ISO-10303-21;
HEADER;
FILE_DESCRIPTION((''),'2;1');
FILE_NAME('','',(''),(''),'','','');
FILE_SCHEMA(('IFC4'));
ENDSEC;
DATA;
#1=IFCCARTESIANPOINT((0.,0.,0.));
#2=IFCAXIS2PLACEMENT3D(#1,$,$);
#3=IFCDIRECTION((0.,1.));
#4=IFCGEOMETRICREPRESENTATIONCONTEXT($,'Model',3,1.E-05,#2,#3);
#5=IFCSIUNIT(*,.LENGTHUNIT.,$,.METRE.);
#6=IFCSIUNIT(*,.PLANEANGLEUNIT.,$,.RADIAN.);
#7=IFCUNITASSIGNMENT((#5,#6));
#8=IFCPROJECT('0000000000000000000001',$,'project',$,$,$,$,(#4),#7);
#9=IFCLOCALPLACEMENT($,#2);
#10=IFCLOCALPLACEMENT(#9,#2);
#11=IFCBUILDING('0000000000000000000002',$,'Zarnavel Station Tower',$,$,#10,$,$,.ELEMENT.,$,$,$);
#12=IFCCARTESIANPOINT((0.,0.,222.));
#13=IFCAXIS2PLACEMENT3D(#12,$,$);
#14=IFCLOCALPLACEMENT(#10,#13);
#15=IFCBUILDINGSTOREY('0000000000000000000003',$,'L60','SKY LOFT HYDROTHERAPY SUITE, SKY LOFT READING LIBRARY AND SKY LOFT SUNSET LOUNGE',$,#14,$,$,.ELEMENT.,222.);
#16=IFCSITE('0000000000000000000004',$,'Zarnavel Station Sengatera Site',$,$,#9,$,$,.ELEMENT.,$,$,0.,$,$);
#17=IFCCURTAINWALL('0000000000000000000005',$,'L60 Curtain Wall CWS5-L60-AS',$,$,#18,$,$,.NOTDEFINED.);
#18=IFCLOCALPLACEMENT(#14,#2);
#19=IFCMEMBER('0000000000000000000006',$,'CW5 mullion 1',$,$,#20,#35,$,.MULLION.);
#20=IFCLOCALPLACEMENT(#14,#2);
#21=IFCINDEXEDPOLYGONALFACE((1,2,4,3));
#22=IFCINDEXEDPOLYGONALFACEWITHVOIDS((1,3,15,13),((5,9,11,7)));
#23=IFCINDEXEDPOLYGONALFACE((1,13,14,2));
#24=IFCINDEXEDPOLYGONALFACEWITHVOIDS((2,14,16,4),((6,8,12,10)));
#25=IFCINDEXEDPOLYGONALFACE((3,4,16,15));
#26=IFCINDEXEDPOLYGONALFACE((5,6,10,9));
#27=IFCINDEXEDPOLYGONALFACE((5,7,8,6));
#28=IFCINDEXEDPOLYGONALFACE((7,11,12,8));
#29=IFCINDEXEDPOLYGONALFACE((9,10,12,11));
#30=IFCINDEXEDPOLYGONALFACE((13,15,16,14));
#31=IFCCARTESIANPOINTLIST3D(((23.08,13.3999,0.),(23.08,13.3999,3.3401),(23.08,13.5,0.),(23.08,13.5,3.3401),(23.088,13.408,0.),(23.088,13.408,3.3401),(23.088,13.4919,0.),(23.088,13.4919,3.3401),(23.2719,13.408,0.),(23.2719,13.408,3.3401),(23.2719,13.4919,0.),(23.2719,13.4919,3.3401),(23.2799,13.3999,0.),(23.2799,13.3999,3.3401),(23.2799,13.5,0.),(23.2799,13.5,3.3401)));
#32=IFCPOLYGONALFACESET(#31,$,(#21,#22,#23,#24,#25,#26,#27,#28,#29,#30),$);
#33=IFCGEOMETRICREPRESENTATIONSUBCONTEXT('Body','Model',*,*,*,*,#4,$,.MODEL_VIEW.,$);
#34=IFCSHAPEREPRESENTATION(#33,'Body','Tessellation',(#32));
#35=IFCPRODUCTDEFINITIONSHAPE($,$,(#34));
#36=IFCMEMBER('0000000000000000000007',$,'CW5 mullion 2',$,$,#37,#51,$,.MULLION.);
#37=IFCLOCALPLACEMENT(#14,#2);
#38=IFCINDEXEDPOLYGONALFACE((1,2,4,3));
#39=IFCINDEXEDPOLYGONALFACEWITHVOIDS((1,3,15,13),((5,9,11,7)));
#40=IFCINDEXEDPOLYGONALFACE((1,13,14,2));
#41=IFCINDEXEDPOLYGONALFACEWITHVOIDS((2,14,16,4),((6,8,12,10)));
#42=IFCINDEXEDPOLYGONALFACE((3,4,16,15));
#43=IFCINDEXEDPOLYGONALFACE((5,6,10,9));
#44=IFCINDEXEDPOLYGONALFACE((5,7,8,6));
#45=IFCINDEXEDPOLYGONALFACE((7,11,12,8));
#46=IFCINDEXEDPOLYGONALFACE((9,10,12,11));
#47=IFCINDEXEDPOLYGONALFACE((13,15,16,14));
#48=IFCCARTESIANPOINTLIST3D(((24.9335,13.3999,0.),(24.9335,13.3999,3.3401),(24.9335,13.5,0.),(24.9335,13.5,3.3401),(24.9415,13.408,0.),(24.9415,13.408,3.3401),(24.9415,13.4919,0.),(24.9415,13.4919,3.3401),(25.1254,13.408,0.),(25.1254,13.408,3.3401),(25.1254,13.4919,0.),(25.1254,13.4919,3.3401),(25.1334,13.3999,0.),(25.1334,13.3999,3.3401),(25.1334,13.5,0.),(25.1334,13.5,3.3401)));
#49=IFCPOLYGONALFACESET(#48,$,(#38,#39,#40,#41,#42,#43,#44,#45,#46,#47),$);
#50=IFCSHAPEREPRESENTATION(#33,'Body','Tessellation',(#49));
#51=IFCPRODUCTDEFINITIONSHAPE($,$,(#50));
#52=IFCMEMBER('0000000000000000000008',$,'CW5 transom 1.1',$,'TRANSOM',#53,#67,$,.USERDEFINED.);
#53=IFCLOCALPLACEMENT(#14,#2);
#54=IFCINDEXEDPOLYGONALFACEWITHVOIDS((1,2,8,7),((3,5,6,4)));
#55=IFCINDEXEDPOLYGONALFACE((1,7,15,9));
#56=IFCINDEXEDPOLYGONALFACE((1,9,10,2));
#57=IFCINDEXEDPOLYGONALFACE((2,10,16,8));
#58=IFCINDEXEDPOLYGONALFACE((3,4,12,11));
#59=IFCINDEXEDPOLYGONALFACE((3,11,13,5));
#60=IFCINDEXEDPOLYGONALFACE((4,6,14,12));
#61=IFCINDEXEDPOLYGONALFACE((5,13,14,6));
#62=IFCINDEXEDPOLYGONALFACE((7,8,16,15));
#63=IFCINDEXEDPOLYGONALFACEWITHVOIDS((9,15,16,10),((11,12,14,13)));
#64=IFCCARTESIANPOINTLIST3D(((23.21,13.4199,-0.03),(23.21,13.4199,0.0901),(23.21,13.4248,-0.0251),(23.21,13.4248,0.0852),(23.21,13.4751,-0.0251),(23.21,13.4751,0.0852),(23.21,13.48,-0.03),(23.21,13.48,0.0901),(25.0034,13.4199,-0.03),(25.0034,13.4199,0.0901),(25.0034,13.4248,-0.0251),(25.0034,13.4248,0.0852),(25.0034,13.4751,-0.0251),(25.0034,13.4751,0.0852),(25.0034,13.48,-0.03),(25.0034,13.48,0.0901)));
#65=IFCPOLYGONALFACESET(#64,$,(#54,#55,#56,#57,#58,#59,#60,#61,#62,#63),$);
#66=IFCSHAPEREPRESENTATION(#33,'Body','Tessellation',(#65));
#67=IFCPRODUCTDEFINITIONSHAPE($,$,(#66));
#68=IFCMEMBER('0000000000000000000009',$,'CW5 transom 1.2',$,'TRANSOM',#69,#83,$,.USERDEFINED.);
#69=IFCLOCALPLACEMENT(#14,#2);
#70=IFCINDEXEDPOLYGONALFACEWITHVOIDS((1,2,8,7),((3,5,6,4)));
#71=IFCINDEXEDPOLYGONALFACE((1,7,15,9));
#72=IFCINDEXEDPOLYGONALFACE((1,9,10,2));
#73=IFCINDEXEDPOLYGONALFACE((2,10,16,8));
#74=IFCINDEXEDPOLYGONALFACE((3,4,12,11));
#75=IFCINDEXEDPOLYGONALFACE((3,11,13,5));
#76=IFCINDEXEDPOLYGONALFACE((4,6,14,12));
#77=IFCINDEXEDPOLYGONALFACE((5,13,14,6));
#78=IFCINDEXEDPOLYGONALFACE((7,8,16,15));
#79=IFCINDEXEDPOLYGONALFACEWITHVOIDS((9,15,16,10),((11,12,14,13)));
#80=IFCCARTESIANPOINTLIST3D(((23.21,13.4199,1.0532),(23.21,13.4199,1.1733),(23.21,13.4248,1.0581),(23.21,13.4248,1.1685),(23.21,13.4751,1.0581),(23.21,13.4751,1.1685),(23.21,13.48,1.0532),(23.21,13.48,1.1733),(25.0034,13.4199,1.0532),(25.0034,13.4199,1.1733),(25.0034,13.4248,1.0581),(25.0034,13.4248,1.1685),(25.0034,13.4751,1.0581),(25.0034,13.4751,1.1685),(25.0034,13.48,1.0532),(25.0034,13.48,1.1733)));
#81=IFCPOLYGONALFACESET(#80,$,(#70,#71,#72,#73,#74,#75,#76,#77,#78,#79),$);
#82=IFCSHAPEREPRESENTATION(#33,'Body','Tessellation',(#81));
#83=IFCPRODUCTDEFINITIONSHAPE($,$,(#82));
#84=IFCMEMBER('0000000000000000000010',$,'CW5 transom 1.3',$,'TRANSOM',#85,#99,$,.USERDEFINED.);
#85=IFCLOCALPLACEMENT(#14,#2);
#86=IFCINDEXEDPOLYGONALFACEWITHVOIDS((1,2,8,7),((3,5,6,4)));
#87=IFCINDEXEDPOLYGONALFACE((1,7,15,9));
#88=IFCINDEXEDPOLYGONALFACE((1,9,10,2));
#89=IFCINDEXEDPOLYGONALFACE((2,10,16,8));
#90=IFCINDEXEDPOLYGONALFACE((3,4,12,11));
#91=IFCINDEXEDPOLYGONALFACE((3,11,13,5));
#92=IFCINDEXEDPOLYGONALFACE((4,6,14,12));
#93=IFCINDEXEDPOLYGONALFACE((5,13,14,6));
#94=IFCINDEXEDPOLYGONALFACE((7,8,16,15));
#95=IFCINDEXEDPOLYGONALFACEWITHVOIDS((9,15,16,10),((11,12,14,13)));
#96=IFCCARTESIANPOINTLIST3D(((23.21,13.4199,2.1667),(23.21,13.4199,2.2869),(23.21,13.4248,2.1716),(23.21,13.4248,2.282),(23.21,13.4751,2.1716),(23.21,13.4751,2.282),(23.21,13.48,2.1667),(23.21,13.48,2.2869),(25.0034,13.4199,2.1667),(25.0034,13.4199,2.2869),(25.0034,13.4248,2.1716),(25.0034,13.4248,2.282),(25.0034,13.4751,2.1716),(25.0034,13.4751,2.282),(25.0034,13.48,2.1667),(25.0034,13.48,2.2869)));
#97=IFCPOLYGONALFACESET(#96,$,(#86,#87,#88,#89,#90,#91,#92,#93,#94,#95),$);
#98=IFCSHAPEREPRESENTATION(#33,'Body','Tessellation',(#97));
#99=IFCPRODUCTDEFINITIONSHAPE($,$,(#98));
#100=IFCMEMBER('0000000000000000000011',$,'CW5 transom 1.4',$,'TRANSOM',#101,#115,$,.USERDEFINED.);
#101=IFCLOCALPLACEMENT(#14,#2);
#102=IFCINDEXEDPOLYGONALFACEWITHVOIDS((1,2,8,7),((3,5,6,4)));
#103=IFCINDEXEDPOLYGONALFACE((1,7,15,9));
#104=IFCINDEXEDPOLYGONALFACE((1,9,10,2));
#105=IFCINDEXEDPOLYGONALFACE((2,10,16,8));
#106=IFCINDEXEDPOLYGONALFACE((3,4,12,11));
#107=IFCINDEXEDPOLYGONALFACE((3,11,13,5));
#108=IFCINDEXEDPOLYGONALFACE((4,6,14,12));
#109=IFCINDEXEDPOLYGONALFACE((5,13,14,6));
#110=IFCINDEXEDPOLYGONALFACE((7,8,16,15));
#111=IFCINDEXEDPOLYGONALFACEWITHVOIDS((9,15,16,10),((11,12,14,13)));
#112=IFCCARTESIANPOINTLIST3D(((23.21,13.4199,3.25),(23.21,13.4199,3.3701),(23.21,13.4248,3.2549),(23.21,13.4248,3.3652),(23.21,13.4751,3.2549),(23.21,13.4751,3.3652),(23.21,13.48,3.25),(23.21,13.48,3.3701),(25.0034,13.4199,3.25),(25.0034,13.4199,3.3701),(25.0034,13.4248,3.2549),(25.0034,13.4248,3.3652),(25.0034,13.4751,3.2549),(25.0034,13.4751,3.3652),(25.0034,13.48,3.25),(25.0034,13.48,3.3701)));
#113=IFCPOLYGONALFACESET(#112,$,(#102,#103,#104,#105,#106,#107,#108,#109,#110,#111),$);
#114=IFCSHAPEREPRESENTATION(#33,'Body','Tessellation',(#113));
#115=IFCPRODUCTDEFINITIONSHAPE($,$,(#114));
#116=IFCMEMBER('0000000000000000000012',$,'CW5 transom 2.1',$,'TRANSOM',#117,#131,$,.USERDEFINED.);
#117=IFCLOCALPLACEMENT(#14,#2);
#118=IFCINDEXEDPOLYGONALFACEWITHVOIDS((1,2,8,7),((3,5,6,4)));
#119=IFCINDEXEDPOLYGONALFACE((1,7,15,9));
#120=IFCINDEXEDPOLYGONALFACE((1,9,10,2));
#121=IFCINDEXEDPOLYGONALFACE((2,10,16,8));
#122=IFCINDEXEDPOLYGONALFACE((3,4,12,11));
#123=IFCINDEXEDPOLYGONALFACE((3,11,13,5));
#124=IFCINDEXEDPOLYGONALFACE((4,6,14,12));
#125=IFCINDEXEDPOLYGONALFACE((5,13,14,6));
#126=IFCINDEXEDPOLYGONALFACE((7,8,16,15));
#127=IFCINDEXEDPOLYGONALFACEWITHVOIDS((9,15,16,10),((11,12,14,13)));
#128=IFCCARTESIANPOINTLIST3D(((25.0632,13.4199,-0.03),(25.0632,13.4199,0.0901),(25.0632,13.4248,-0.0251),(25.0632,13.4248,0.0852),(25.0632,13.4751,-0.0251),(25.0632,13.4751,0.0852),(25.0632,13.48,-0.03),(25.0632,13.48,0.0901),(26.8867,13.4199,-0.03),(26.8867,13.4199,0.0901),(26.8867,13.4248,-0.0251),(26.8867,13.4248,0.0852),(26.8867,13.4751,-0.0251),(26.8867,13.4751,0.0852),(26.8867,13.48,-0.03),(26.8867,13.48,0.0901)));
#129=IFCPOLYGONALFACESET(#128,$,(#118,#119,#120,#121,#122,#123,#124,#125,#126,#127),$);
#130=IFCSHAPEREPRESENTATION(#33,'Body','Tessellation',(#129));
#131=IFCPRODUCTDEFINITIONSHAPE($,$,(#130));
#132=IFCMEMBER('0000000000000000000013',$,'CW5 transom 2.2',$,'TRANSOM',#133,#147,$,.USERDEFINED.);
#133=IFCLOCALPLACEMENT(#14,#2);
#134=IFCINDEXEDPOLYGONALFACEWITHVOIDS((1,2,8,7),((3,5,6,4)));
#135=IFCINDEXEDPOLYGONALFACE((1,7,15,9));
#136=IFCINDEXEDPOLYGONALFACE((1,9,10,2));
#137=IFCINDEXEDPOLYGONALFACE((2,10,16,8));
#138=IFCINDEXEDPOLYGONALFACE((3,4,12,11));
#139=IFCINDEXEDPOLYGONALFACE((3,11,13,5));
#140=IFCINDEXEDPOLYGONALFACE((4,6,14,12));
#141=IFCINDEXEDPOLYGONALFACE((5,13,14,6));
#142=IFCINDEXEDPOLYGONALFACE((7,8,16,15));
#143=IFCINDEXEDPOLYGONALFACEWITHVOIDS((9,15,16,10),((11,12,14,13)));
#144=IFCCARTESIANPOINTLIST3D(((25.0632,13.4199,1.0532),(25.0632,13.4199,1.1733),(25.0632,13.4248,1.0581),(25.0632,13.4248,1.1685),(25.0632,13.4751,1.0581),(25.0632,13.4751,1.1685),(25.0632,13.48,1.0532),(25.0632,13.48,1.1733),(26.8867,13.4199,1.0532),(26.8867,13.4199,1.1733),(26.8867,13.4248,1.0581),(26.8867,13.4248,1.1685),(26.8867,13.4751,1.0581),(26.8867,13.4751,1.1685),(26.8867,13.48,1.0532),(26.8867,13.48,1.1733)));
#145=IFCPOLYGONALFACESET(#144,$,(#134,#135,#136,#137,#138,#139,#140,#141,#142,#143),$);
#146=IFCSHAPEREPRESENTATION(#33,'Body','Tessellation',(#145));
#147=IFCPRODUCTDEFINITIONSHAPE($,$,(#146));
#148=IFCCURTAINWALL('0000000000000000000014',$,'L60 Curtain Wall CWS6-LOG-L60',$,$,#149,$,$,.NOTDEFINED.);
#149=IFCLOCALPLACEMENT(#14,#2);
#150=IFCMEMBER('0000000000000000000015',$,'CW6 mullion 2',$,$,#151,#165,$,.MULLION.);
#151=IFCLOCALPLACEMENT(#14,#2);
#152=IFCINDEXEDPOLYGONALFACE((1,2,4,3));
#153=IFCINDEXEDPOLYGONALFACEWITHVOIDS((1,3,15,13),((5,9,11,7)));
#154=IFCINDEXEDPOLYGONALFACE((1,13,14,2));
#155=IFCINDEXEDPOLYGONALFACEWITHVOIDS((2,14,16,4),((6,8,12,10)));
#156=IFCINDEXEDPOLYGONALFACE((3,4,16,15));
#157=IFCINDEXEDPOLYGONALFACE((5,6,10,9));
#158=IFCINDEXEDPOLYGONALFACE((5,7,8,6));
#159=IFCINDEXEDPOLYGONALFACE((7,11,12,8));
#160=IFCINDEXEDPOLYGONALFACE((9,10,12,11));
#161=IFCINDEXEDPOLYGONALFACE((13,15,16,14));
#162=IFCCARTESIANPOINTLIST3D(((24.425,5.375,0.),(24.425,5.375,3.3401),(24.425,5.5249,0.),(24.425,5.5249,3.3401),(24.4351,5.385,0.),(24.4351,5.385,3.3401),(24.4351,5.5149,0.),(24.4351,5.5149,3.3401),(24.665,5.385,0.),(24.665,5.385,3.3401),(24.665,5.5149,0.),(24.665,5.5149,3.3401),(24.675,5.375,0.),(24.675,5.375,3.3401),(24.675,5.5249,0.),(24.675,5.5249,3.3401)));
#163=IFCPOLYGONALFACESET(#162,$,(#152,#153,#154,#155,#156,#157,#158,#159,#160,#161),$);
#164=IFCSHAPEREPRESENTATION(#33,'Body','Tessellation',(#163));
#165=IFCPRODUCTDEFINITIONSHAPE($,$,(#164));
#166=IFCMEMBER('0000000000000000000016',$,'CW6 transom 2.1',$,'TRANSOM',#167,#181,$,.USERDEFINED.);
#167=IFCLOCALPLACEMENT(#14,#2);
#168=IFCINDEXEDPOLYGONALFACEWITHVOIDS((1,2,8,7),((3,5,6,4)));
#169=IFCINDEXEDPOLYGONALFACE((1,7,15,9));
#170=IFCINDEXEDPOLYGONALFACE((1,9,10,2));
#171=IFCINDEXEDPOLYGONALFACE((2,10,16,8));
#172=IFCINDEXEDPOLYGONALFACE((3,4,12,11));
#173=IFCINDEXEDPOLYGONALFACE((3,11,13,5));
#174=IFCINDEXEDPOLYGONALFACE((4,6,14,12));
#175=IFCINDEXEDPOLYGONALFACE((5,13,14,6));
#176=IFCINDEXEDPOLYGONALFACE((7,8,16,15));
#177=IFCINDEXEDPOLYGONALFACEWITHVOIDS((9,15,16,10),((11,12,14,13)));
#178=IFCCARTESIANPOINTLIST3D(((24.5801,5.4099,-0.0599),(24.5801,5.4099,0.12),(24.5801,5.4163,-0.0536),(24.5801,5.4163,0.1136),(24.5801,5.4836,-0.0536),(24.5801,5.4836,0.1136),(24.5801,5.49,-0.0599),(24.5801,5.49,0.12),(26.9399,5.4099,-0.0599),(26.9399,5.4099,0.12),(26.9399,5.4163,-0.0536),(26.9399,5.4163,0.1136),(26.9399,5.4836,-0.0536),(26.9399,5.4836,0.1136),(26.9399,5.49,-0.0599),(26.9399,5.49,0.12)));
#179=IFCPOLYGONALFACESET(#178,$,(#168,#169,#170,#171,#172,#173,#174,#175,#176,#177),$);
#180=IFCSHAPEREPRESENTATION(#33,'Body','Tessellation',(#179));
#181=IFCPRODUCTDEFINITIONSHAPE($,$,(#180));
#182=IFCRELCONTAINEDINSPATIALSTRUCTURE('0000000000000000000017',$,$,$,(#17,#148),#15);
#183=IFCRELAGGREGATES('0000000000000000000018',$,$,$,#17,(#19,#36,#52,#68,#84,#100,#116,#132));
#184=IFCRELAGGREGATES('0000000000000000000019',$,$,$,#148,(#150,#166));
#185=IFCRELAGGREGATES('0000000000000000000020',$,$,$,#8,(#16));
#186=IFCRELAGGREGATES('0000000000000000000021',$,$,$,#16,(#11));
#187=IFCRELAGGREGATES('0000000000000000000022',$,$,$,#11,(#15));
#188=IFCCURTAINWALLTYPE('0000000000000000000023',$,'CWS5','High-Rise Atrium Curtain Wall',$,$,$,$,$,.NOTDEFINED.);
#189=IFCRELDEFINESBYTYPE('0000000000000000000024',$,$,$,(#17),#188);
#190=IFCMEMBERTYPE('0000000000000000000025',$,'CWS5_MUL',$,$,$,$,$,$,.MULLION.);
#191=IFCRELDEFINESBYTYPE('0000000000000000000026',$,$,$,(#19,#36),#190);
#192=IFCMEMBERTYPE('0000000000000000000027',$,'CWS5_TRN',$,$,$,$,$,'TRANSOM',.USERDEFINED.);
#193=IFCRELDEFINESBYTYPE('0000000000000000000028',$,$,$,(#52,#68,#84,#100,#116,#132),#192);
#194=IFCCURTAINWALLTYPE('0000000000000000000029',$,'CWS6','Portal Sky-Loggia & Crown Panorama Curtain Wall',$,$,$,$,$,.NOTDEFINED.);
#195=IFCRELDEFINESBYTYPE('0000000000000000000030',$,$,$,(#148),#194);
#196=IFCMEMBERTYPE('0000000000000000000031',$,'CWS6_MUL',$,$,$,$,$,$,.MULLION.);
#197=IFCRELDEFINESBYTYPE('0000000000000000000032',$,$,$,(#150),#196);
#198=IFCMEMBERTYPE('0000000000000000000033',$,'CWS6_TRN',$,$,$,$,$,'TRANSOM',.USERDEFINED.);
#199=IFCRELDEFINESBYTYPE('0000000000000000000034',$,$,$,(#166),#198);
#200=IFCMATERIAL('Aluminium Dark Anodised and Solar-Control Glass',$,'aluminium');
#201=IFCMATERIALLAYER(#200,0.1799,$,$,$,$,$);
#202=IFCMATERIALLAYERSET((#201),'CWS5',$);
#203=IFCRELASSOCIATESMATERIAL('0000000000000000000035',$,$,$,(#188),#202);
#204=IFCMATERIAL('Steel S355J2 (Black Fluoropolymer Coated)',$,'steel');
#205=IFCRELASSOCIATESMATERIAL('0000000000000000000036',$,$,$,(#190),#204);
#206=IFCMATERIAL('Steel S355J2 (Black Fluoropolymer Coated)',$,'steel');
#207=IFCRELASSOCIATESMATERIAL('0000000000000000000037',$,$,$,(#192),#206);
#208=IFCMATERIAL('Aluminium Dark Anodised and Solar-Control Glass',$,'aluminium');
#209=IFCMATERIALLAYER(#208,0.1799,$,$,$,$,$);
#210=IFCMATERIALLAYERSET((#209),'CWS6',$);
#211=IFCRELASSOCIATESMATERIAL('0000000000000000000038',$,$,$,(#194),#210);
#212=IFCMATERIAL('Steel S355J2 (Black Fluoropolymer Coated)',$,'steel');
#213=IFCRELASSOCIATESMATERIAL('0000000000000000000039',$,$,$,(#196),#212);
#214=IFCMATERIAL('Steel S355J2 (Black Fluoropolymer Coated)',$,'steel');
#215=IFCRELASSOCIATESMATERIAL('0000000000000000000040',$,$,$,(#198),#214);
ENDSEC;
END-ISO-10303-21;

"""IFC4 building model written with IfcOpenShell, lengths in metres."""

from ifc_helpers import new_model, si_unit, direction, frame, origin, origin_2d, place, context, subcontext, project, spatial, hollow_rectangle, extrude, material, layer, layer_set, material_profile, profile_set, type_object, element, aggregate, save


model = new_model("IFC4")

# Units and contexts
model_context = context("Model", 3, precision=1e-05, world=origin(), true_north=direction((0.0, 1.0)))
body_context = subcontext(model_context, "Body", "Model", "MODEL_VIEW")
ifc_project = project(units=[si_unit("LENGTHUNIT", "METRE"), si_unit("PLANEANGLEUNIT", "RADIAN")], contexts=[model_context])

# Site, building, storey
site_placement = place(None, origin())
site = spatial("IfcSite", under=ifc_project, at=site_placement, Name="Zarnavel Station Sengatera Site", CompositionType="ELEMENT", RefElevation=0.0)
building_placement = place(site_placement, origin())
building = spatial("IfcBuilding", under=site, at=building_placement, Name="Zarnavel Station Tower", CompositionType="ELEMENT")
storey_placement = place(building_placement, frame((0.0, 0.0, 222.0)))
storey = spatial("IfcBuildingStorey", under=building, at=storey_placement, Name="L60", Description="SKY LOFT HYDROTHERAPY SUITE, SKY LOFT READING LIBRARY AND SKY LOFT SUNSET LOUNGE", CompositionType="ELEMENT", Elevation=222.0)

# Curtain walls, members
ifc_material_1 = material(Name="Aluminium Dark Anodised and Solar-Control Glass", Category="aluminium")
ifc_layer_1 = layer(ifc_material_1, 0.1799)
ifc_layer_set_1 = layer_set([ifc_layer_1], Name="CWS5")
curtain_wall_type_1 = type_object("IfcCurtainWallType", Name="CWS5", Description="High-Rise Atrium Curtain Wall", PredefinedType="NOTDEFINED", material=ifc_layer_set_1)
curtain_wall_1_placement = place(storey_placement, origin())
curtain_wall_1 = element("IfcCurtainWall", 1, at=curtain_wall_1_placement, inside=storey, type_object=curtain_wall_type_1, Name="L60 Curtain Wall CWS5-L60-AS", PredefinedType="NOTDEFINED")
ifc_material_2 = material(Name="Steel S355J2 (Black Fluoropolymer Coated)", Category="steel")
ifc_material_profile_1 = material_profile(ifc_material_2, hollow_rectangle(XDim=0.1001, YDim=0.2, WallThickness=0.0081, at=origin_2d()), Name="RHS200x100x8")
ifc_profile_set_1 = profile_set([ifc_material_profile_1], Name="Steel S355J2 (Black Fluoropolymer Coated)")
member_type_1 = type_object("IfcMemberType", Name="CWS5_MUL", PredefinedType="MULLION", material=ifc_profile_set_1)
member_1_placement = place(storey_placement, frame((23.1799, 13.45, 0.0), z_axis=(0.0, 0.0, 1.0), x_axis=(0.0, 1.0, 0.0)))
member_1 = element("IfcMember", 2, at=member_1_placement, type_object=member_type_1, Name="CW5 mullion 1", PredefinedType="MULLION", context=body_context, shape_type="SweptSolid", body=[
    extrude(hollow_rectangle(XDim=0.1001, YDim=0.2, WallThickness=0.0081, at=origin_2d()), origin(), (0.0, 0.0, 1.0), 3.3401),
])
member_2_placement = place(storey_placement, frame((25.0334, 13.45, 0.0), z_axis=(0.0, 0.0, 1.0), x_axis=(0.0, 1.0, 0.0)))
member_2 = element("IfcMember", 3, at=member_2_placement, type_object=member_type_1, Name="CW5 mullion 2", PredefinedType="MULLION", context=body_context, shape_type="SweptSolid", body=[
    extrude(hollow_rectangle(XDim=0.1001, YDim=0.2, WallThickness=0.0081, at=origin_2d()), origin(), (0.0, 0.0, 1.0), 3.3401),
])
ifc_material_3 = material(Name="Steel S355J2 (Black Fluoropolymer Coated)", Category="steel")
ifc_material_profile_2 = material_profile(ifc_material_3, hollow_rectangle(XDim=0.0601, YDim=0.1201, WallThickness=0.0049, at=origin_2d()), Name="RHS120x60x5")
ifc_profile_set_2 = profile_set([ifc_material_profile_2], Name="Steel S355J2 (Black Fluoropolymer Coated)")
member_type_2 = type_object("IfcMemberType", Name="CWS5_TRN", ElementType="TRANSOM", PredefinedType="USERDEFINED", material=ifc_profile_set_2)
member_3_placement = place(storey_placement, frame((23.21, 13.45, 0.03), z_axis=(1.0, 0.0, 0.0), x_axis=(0.0, 1.0, 0.0)))
member_3 = element("IfcMember", 4, at=member_3_placement, type_object=member_type_2, Name="CW5 transom 1.1", ObjectType="TRANSOM", PredefinedType="USERDEFINED", context=body_context, shape_type="SweptSolid", body=[
    extrude(hollow_rectangle(XDim=0.0601, YDim=0.1201, WallThickness=0.0049, at=origin_2d()), origin(), (0.0, 0.0, 1.0), 1.7935),
])
member_4_placement = place(storey_placement, frame((23.21, 13.45, 1.1133), z_axis=(1.0, 0.0, 0.0), x_axis=(0.0, 1.0, 0.0)))
member_4 = element("IfcMember", 5, at=member_4_placement, type_object=member_type_2, Name="CW5 transom 1.2", ObjectType="TRANSOM", PredefinedType="USERDEFINED", context=body_context, shape_type="SweptSolid", body=[
    extrude(hollow_rectangle(XDim=0.0601, YDim=0.1201, WallThickness=0.0049, at=origin_2d()), origin(), (0.0, 0.0, 1.0), 1.7935),
])
member_5_placement = place(storey_placement, frame((23.21, 13.45, 2.2268), z_axis=(1.0, 0.0, 0.0), x_axis=(0.0, 1.0, 0.0)))
member_5 = element("IfcMember", 6, at=member_5_placement, type_object=member_type_2, Name="CW5 transom 1.3", ObjectType="TRANSOM", PredefinedType="USERDEFINED", context=body_context, shape_type="SweptSolid", body=[
    extrude(hollow_rectangle(XDim=0.0601, YDim=0.1201, WallThickness=0.0049, at=origin_2d()), origin(), (0.0, 0.0, 1.0), 1.7935),
])
member_6_placement = place(storey_placement, frame((23.21, 13.45, 3.3101), z_axis=(1.0, 0.0, 0.0), x_axis=(0.0, 1.0, 0.0)))
member_6 = element("IfcMember", 7, at=member_6_placement, type_object=member_type_2, Name="CW5 transom 1.4", ObjectType="TRANSOM", PredefinedType="USERDEFINED", context=body_context, shape_type="SweptSolid", body=[
    extrude(hollow_rectangle(XDim=0.0601, YDim=0.1201, WallThickness=0.0049, at=origin_2d()), origin(), (0.0, 0.0, 1.0), 1.7935),
])
member_7_placement = place(storey_placement, frame((25.0632, 13.45, 0.03), z_axis=(1.0, 0.0, 0.0), x_axis=(0.0, 1.0, 0.0)))
member_7 = element("IfcMember", 8, at=member_7_placement, type_object=member_type_2, Name="CW5 transom 2.1", ObjectType="TRANSOM", PredefinedType="USERDEFINED", context=body_context, shape_type="SweptSolid", body=[
    extrude(hollow_rectangle(XDim=0.0601, YDim=0.1201, WallThickness=0.0049, at=origin_2d()), origin(), (0.0, 0.0, 1.0), 1.8235),
])
member_8_placement = place(storey_placement, frame((25.0632, 13.45, 1.1133), z_axis=(1.0, 0.0, 0.0), x_axis=(0.0, 1.0, 0.0)))
member_8 = element("IfcMember", 9, at=member_8_placement, type_object=member_type_2, Name="CW5 transom 2.2", ObjectType="TRANSOM", PredefinedType="USERDEFINED", context=body_context, shape_type="SweptSolid", body=[
    extrude(hollow_rectangle(XDim=0.0601, YDim=0.1201, WallThickness=0.0049, at=origin_2d()), origin(), (0.0, 0.0, 1.0), 1.8235),
])
ifc_material_4 = material(Name="Aluminium Dark Anodised and Solar-Control Glass", Category="aluminium")
ifc_layer_2 = layer(ifc_material_4, 0.1799)
ifc_layer_set_2 = layer_set([ifc_layer_2], Name="CWS6")
curtain_wall_type_2 = type_object("IfcCurtainWallType", Name="CWS6", Description="Portal Sky-Loggia & Crown Panorama Curtain Wall", PredefinedType="NOTDEFINED", material=ifc_layer_set_2)
curtain_wall_2_placement = place(storey_placement, origin())
curtain_wall_2 = element("IfcCurtainWall", 10, at=curtain_wall_2_placement, inside=storey, type_object=curtain_wall_type_2, Name="L60 Curtain Wall CWS6-LOG-L60", PredefinedType="NOTDEFINED")
ifc_material_5 = material(Name="Steel S355J2 (Black Fluoropolymer Coated)", Category="steel")
ifc_material_profile_3 = material_profile(ifc_material_5, hollow_rectangle(XDim=0.1499, YDim=0.25, WallThickness=0.01, at=origin_2d()), Name="RHS250x150x10")
ifc_profile_set_3 = profile_set([ifc_material_profile_3], Name="Steel S355J2 (Black Fluoropolymer Coated)")
member_type_3 = type_object("IfcMemberType", Name="CWS6_MUL", PredefinedType="MULLION", material=ifc_profile_set_3)
member_9_placement = place(storey_placement, frame((24.55, 5.45, 0.0), z_axis=(0.0, 0.0, 1.0), x_axis=(0.0, 1.0, 0.0)))
member_9 = element("IfcMember", 11, at=member_9_placement, type_object=member_type_3, Name="CW6 mullion 2", PredefinedType="MULLION", context=body_context, shape_type="SweptSolid", body=[
    extrude(hollow_rectangle(XDim=0.1499, YDim=0.25, WallThickness=0.01, at=origin_2d()), origin(), (0.0, 0.0, 1.0), 3.3401),
])
ifc_material_6 = material(Name="Steel S355J2 (Black Fluoropolymer Coated)", Category="steel")
ifc_material_profile_4 = material_profile(ifc_material_6, hollow_rectangle(XDim=0.0801, YDim=0.1799, WallThickness=0.0063, at=origin_2d()), Name="RHS180x80x6.3")
ifc_profile_set_4 = profile_set([ifc_material_profile_4], Name="Steel S355J2 (Black Fluoropolymer Coated)")
member_type_4 = type_object("IfcMemberType", Name="CWS6_TRN", ElementType="TRANSOM", PredefinedType="USERDEFINED", material=ifc_profile_set_4)
member_10_placement = place(storey_placement, frame((24.5801, 5.45, 0.03), z_axis=(1.0, 0.0, 0.0), x_axis=(0.0, 1.0, 0.0)))
member_10 = element("IfcMember", 12, at=member_10_placement, type_object=member_type_4, Name="CW6 transom 2.1", ObjectType="TRANSOM", PredefinedType="USERDEFINED", context=body_context, shape_type="SweptSolid", body=[
    extrude(hollow_rectangle(XDim=0.0801, YDim=0.1799, WallThickness=0.0063, at=origin_2d()), origin(), (0.0, 0.0, 1.0), 2.3599),
])

aggregate(curtain_wall_1, [member_1, member_2, member_3, member_4, member_5, member_6, member_7, member_8])
aggregate(curtain_wall_2, [member_9, member_10])

save(model, "model.ifc")
